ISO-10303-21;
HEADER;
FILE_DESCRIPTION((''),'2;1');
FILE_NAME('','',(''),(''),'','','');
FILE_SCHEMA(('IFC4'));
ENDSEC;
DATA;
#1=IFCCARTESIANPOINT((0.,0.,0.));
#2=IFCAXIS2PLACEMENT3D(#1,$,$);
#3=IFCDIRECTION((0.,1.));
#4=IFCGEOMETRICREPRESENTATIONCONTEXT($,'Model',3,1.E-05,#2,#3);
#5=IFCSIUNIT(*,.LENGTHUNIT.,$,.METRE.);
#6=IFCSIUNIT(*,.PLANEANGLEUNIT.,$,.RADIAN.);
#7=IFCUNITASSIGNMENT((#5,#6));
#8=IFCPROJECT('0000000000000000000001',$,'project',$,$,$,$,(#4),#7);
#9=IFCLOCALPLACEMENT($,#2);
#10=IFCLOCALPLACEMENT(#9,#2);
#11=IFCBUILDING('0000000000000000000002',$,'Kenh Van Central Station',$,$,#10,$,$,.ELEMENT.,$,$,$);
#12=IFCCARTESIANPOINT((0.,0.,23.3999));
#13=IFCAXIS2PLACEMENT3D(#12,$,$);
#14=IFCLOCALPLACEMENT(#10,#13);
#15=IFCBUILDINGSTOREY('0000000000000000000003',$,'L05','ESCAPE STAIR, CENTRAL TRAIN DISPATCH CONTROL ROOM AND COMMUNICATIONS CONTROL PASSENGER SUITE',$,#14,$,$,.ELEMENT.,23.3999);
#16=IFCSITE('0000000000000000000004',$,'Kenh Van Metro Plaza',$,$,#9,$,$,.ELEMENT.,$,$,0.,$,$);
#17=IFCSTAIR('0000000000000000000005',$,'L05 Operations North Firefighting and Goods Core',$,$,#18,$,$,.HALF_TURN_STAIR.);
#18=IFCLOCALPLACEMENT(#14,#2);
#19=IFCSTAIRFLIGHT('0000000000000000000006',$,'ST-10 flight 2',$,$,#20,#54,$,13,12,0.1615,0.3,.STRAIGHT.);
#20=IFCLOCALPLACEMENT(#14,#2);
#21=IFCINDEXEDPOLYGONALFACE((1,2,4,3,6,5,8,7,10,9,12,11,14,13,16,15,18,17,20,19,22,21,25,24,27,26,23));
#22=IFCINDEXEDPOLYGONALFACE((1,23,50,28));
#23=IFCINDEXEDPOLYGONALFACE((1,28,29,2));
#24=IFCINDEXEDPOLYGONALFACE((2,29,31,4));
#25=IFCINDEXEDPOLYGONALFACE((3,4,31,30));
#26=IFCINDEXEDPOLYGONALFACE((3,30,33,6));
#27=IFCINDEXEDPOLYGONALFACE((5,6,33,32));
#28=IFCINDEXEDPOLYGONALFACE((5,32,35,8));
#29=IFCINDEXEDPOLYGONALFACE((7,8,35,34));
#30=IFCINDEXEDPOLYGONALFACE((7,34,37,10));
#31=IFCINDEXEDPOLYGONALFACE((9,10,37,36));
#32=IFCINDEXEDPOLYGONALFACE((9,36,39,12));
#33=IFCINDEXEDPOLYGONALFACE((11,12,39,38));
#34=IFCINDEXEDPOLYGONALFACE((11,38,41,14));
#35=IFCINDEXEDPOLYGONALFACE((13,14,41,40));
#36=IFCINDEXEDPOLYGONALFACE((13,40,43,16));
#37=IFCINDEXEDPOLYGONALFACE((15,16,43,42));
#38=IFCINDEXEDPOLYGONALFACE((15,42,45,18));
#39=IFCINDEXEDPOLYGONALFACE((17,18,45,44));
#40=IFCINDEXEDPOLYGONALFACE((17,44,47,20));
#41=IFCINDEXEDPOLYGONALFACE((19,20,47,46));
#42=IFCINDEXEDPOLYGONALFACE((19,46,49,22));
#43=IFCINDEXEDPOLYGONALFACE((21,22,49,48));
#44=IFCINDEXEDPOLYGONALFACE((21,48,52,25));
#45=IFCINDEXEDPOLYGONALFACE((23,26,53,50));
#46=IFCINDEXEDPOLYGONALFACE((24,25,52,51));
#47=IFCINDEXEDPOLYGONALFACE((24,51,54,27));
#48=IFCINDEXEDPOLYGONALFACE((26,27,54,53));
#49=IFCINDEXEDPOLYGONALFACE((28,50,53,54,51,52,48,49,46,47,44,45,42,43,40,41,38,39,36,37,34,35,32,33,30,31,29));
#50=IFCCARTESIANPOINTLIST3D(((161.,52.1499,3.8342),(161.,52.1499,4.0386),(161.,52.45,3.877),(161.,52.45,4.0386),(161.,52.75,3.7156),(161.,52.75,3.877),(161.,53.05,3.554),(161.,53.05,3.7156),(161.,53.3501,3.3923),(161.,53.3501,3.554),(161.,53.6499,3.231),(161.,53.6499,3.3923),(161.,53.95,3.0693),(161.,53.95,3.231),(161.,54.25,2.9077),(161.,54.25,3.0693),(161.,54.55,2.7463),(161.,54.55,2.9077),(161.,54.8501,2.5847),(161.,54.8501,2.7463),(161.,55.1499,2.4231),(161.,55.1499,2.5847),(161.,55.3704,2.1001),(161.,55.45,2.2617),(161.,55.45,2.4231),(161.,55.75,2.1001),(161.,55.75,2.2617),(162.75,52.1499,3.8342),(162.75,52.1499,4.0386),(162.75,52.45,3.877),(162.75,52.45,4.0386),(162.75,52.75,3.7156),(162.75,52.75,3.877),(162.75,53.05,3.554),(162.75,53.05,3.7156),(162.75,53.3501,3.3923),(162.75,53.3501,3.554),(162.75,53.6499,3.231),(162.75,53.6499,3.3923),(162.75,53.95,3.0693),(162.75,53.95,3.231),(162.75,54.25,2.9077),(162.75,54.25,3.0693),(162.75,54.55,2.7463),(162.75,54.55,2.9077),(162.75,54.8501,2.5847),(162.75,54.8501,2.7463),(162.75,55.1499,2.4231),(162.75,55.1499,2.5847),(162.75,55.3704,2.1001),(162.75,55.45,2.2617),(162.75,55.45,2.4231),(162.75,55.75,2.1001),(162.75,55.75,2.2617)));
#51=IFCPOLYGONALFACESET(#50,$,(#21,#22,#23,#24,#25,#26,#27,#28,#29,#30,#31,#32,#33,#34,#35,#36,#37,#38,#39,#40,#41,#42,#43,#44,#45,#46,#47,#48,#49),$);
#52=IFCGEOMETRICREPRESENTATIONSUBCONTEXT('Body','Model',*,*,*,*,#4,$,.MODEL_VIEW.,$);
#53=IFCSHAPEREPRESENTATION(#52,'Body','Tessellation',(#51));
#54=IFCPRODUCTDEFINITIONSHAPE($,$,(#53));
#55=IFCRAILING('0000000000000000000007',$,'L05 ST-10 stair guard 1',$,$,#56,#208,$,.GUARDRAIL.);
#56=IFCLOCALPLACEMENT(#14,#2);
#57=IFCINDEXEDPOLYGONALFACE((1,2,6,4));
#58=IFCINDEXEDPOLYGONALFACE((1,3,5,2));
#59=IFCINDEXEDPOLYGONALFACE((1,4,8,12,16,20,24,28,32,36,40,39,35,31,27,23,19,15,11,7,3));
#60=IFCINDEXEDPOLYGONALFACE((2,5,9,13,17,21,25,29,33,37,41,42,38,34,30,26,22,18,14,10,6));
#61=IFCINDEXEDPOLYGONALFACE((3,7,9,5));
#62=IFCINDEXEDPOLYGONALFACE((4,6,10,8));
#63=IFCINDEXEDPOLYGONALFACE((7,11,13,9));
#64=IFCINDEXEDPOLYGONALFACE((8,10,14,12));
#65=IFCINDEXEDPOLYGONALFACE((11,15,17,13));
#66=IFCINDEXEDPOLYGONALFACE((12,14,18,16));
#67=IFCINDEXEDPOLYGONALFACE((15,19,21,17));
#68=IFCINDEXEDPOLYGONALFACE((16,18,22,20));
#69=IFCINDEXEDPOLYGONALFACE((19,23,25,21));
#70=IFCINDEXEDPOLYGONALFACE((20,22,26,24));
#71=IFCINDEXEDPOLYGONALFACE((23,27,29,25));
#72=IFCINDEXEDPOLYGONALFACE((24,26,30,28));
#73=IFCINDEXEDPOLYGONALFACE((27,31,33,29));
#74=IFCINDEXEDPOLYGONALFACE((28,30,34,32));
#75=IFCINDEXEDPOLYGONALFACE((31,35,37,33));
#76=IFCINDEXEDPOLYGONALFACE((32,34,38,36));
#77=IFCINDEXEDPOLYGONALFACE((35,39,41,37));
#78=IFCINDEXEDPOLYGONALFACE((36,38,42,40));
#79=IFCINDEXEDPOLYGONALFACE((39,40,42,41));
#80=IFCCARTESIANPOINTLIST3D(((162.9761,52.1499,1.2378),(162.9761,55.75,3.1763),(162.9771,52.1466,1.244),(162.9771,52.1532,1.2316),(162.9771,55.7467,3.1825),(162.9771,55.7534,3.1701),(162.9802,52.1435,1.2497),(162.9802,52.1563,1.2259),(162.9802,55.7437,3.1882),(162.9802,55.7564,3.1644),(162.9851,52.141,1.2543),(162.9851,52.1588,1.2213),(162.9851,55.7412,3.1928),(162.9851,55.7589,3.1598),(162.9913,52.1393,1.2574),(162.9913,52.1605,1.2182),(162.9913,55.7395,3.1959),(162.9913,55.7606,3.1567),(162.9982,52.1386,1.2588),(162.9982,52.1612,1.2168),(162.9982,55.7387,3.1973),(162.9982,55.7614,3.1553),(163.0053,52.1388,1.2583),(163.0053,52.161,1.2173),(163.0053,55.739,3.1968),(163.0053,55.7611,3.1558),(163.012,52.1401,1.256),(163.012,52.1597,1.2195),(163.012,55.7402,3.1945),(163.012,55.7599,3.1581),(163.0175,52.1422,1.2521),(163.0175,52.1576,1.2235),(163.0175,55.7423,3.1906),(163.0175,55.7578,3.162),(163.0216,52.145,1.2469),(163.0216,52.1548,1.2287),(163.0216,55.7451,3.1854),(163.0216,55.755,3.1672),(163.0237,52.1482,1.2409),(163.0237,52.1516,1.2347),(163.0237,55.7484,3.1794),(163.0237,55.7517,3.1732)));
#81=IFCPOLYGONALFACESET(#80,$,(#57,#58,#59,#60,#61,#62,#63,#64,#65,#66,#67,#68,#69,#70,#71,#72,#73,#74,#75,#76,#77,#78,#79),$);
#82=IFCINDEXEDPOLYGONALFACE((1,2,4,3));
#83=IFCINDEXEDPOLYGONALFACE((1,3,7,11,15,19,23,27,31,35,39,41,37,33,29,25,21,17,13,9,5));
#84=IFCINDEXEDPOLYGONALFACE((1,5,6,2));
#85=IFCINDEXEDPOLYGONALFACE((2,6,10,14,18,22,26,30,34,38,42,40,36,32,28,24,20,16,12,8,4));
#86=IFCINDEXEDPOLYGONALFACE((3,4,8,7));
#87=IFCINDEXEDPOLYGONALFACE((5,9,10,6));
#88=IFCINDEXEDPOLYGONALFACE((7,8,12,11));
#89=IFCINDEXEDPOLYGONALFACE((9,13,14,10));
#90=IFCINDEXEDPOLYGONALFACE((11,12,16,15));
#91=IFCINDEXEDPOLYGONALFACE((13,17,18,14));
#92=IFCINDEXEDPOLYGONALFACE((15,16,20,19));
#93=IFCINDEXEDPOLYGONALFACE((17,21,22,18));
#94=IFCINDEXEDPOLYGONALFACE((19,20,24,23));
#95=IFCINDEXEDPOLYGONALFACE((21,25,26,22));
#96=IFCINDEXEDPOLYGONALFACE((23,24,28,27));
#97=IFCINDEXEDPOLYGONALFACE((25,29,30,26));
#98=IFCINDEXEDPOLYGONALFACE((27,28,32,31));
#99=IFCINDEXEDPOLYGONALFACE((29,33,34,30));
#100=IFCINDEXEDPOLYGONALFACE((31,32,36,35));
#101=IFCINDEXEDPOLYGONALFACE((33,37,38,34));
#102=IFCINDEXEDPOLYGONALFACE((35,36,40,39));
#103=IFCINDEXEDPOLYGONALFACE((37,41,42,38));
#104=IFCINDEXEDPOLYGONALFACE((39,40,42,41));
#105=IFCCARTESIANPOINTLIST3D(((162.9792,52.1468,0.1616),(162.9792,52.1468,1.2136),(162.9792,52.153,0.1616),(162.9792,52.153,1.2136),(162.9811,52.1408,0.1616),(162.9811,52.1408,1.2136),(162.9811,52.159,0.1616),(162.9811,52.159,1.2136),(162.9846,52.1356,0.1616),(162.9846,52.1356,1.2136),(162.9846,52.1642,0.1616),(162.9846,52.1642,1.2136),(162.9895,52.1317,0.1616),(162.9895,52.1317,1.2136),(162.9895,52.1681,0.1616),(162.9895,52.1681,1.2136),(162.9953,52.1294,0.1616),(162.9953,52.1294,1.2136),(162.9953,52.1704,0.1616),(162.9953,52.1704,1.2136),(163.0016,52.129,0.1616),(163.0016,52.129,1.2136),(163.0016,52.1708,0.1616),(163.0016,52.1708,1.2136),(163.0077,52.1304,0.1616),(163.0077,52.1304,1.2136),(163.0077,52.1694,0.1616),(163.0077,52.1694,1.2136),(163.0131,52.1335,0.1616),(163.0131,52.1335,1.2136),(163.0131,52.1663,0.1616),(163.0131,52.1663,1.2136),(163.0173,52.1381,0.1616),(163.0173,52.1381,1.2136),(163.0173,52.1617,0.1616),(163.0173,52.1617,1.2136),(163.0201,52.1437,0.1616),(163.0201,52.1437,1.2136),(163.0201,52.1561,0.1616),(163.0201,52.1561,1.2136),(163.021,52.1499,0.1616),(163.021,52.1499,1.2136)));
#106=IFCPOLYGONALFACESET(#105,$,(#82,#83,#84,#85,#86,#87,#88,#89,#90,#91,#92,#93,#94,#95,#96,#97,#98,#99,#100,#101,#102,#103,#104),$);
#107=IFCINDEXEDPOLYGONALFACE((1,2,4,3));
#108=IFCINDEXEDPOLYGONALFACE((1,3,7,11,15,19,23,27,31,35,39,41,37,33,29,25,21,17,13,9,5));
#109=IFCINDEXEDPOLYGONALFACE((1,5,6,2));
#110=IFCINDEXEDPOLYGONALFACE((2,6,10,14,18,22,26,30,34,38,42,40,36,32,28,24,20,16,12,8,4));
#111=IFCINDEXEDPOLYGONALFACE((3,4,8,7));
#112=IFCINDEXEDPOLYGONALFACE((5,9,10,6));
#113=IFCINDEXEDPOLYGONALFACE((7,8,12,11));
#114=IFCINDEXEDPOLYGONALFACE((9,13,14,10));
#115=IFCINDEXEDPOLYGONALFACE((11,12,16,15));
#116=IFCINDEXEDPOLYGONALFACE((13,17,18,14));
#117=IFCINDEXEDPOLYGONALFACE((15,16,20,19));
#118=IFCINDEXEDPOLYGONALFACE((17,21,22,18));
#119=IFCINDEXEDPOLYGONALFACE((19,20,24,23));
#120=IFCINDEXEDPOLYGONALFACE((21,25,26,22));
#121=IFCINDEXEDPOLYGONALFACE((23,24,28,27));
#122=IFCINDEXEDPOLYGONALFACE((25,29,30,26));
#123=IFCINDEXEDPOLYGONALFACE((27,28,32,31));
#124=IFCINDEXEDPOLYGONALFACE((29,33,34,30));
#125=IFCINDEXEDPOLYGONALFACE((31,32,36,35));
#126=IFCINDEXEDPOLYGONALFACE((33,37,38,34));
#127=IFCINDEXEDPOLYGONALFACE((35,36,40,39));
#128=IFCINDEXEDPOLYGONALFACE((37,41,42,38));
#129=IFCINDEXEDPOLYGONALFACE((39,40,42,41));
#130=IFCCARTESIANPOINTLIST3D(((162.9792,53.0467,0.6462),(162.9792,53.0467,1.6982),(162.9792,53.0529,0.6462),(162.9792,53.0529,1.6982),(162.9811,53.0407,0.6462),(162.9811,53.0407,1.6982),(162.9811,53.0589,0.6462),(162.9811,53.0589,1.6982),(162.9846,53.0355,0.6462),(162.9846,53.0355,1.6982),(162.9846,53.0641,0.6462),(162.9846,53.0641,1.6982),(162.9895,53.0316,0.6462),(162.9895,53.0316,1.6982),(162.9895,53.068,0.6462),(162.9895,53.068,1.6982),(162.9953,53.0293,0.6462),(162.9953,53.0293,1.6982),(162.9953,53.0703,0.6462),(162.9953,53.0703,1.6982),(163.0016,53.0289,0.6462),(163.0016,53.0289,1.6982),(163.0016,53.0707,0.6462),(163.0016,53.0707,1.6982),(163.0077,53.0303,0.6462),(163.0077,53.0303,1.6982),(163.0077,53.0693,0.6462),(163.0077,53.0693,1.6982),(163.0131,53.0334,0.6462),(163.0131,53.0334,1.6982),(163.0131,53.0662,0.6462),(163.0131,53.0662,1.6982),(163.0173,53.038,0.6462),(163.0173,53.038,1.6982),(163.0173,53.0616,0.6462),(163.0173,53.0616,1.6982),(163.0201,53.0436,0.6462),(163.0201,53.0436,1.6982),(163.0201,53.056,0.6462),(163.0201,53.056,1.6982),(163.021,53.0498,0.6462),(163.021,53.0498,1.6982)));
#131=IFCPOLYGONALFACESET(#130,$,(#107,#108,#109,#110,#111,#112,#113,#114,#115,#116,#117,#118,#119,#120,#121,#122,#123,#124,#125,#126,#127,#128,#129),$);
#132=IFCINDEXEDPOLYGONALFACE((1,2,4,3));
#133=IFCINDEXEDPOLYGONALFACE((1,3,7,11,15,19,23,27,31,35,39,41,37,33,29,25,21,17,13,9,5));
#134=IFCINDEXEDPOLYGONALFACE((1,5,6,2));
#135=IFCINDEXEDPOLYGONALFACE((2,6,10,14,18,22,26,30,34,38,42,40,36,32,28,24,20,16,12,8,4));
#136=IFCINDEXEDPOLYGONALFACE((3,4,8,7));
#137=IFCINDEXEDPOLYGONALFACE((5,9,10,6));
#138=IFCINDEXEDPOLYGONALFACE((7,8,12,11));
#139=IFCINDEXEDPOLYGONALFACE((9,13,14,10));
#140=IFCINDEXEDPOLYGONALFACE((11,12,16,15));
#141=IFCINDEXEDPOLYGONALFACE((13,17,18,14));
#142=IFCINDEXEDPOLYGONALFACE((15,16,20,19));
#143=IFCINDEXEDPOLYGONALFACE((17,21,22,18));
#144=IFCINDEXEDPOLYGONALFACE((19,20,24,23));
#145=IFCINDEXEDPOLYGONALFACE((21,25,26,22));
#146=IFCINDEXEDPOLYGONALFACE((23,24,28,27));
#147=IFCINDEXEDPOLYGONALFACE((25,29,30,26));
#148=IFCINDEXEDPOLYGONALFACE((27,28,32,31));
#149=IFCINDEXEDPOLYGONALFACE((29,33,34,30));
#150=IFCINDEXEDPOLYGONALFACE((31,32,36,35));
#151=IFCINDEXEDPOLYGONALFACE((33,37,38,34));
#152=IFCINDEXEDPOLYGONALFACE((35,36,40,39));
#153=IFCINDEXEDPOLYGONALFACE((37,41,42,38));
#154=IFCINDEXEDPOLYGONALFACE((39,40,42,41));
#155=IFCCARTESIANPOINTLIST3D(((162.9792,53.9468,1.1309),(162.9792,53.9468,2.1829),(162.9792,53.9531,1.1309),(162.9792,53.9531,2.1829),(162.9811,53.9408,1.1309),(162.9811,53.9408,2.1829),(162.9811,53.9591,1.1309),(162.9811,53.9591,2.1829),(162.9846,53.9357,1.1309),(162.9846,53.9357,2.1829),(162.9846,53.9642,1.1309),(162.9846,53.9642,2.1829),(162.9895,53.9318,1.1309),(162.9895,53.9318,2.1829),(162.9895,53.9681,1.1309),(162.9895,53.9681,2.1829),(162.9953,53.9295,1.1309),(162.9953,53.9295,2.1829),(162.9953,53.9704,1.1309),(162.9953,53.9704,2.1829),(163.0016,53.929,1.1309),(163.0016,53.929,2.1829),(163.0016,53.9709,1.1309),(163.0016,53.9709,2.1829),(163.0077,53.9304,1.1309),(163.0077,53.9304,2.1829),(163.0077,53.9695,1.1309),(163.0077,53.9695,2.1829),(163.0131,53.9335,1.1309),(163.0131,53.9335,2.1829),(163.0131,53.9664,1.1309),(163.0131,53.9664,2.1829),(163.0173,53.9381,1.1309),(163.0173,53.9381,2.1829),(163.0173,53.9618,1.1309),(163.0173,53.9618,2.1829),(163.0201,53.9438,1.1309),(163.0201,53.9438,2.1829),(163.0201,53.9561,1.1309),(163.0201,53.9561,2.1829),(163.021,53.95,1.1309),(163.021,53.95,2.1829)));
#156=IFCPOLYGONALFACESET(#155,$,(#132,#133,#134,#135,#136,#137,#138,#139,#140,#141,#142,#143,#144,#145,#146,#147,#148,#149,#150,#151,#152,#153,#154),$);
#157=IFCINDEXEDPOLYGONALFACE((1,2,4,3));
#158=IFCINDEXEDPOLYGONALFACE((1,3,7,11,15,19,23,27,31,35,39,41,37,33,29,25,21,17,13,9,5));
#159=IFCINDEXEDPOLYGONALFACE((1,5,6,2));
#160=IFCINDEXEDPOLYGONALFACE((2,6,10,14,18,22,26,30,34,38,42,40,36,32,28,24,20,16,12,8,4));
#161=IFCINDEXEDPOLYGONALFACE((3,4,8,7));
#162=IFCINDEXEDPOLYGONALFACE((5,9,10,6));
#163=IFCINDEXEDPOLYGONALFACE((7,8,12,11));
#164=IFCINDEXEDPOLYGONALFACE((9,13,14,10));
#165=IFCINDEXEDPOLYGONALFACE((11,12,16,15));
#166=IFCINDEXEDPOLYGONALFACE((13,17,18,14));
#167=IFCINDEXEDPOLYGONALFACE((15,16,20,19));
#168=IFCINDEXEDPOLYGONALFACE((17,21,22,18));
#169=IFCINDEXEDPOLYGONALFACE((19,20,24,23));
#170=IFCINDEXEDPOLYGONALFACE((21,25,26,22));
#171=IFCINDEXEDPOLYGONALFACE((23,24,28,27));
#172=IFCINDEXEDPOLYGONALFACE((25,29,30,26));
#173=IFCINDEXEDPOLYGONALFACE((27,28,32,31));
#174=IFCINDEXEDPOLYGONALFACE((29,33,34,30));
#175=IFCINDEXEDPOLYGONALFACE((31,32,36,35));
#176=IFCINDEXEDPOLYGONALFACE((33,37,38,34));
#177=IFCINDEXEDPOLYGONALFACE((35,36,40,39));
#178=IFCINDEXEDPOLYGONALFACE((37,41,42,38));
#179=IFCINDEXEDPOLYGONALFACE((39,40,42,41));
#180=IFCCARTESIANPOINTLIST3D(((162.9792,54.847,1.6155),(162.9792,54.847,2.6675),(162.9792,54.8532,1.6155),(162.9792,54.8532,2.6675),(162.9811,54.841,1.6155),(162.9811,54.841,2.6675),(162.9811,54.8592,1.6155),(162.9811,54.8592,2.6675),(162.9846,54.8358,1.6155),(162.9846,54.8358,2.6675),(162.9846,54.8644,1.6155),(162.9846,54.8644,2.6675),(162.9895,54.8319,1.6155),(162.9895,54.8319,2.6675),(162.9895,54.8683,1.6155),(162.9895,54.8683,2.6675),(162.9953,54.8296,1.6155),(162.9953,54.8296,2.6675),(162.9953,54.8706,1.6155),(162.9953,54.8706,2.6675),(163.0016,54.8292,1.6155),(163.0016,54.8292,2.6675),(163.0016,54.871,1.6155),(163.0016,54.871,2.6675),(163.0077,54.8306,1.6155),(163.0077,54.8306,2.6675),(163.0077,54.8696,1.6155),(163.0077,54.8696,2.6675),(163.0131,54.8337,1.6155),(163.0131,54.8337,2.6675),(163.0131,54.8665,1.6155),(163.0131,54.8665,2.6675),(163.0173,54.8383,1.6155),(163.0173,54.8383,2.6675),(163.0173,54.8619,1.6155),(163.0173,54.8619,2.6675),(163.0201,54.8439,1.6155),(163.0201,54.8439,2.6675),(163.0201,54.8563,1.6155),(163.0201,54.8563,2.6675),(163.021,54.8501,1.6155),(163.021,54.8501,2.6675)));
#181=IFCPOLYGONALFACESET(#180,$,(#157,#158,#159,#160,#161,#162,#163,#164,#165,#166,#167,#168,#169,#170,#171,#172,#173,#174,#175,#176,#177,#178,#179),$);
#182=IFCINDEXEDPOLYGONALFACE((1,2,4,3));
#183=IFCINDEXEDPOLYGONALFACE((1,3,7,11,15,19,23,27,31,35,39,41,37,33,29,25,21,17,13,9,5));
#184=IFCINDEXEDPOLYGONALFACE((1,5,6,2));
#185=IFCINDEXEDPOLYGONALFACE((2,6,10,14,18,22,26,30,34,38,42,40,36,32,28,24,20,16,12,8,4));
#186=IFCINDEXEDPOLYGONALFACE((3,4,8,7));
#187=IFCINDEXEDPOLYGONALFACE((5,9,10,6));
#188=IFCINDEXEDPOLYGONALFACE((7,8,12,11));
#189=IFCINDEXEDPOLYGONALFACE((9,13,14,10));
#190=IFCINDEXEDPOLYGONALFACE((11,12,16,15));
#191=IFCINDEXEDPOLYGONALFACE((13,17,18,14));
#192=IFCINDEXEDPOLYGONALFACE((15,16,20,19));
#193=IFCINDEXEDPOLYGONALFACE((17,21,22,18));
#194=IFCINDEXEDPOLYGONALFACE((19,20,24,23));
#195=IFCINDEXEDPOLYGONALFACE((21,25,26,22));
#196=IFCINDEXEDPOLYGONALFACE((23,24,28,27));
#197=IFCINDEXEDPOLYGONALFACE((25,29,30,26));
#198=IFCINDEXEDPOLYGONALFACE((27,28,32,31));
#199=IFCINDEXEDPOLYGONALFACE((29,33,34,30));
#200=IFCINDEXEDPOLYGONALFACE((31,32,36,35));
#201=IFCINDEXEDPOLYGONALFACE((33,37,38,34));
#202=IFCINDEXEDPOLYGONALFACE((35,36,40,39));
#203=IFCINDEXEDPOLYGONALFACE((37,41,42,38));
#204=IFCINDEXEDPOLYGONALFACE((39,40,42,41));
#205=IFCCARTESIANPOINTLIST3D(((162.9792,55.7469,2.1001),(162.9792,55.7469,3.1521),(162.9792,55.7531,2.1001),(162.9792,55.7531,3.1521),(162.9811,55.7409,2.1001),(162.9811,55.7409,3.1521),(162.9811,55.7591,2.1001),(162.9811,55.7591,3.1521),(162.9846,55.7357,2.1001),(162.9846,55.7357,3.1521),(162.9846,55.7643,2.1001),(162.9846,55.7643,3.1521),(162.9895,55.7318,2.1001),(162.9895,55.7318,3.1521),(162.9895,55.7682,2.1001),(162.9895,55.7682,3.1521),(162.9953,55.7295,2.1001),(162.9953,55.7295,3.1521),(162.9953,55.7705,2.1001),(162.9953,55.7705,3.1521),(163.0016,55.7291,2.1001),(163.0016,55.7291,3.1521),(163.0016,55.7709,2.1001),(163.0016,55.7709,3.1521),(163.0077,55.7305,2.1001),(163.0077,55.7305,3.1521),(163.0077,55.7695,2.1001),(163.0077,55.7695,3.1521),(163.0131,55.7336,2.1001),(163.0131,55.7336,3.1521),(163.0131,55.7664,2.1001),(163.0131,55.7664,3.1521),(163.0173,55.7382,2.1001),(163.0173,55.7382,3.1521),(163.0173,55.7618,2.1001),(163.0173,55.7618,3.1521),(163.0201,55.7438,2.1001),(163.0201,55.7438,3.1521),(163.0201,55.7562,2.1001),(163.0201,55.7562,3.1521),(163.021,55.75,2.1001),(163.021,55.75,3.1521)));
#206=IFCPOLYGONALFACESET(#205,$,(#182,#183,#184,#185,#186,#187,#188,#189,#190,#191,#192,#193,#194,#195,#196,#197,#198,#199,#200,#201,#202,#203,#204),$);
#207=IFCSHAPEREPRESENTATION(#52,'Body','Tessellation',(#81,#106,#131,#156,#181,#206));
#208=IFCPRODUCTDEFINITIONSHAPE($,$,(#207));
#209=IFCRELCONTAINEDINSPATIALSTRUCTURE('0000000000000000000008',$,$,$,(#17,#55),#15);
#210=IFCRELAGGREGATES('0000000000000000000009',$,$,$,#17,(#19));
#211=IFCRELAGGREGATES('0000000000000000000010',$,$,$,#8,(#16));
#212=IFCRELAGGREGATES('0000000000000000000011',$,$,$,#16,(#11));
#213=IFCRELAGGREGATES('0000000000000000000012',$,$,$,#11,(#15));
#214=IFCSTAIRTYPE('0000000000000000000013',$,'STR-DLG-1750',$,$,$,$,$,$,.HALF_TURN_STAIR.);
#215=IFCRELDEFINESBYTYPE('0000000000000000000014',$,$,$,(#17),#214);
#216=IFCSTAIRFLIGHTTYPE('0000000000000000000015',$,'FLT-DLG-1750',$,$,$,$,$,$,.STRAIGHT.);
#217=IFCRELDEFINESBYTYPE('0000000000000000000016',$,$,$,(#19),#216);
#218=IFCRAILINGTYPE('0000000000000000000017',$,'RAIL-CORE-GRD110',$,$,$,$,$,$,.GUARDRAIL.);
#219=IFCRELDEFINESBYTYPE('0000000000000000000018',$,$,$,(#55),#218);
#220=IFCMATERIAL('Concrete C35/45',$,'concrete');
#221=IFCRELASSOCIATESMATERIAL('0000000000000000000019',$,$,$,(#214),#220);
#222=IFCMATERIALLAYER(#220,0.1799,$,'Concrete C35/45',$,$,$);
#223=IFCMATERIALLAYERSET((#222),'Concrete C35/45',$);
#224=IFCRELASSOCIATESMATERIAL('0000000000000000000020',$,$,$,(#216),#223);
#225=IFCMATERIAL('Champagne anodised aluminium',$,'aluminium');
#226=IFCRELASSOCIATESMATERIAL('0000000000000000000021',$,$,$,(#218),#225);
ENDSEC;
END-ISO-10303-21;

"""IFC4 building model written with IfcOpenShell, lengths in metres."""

from ifc_helpers import new_model, si_unit, direction, frame, origin, origin_2d, place, context, subcontext, project, spatial, polyline, circle, outline, extrude, material, layer, layer_set, type_object, element, aggregate, save


model = new_model("IFC4")

# Units and contexts
model_context = context("Model", 3, precision=1e-05, world=origin(), true_north=direction((0.0, 1.0)))
body_context = subcontext(model_context, "Body", "Model", "MODEL_VIEW")
ifc_project = project(units=[si_unit("LENGTHUNIT", "METRE"), si_unit("PLANEANGLEUNIT", "RADIAN")], contexts=[model_context])

# Site, building, storey
site_placement = place(None, origin())
site = spatial("IfcSite", under=ifc_project, at=site_placement, Name="Kenh Van Metro Plaza", CompositionType="ELEMENT", RefElevation=0.0)
building_placement = place(site_placement, origin())
building = spatial("IfcBuilding", under=site, at=building_placement, Name="Kenh Van Central Station", CompositionType="ELEMENT")
storey_placement = place(building_placement, frame((0.0, 0.0, 23.3999)))
storey = spatial("IfcBuildingStorey", under=building, at=storey_placement, Name="L05", Description="ESCAPE STAIR, CENTRAL TRAIN DISPATCH CONTROL ROOM AND COMMUNICATIONS CONTROL PASSENGER SUITE", CompositionType="ELEMENT", Elevation=23.3999)

# Shared definitions
ifc_material_1 = material(Name="Concrete C35/45", Category="concrete")

# Shared definitions
ifc_material_2 = material(Name="Champagne anodised aluminium", Category="aluminium")

# Stair, stair flight
stair_type = type_object("IfcStairType", Name="STR-DLG-1750", PredefinedType="HALF_TURN_STAIR", material=ifc_material_1)
stair_placement = place(storey_placement, origin())
stair = element("IfcStair", 1, at=stair_placement, inside=storey, type_object=stair_type, Name="L05 Operations North Firefighting and Goods Core", PredefinedType="HALF_TURN_STAIR")
ifc_layer_1 = layer(ifc_material_1, 0.1799, Name="Concrete C35/45")
ifc_layer_set_1 = layer_set([ifc_layer_1], Name="Concrete C35/45")
stair_flight_type = type_object("IfcStairFlightType", Name="FLT-DLG-1750", PredefinedType="STRAIGHT", material=ifc_layer_set_1)
stair_flight_1_placement = place(storey_placement, frame((161.875, 55.75, 2.1001), z_axis=(0.0, 0.0, 1.0), x_axis=(0.0, -1.0, 0.0)))
stair_flight_1 = element("IfcStairFlight", 2, at=stair_flight_1_placement, type_object=stair_flight_type, Name="ST-10 flight 2", NumberOfRisers=13, NumberOfTreads=12, PredefinedType="STRAIGHT", RiserHeight=0.1615, TreadLength=0.3, context=body_context, shape_type="SweptSolid", body=[
    extrude(outline(polyline([(0.0, 0.0), (0.0, 0.1616), (0.3, 0.1616), (0.3, 0.323), (0.6001, 0.323), (0.6001, 0.4846), (0.8999, 0.4846), (0.8999, 0.6462), (1.2, 0.6462), (1.2, 0.8076), (1.5, 0.8076), (1.5, 0.9692), (1.8, 0.9692), (1.8, 1.1309), (2.1001, 1.1309), (2.1001, 1.2922), (2.3999, 1.2922), (2.3999, 1.4539), (2.7, 1.4539), (2.7, 1.6155), (3.0, 1.6155), (3.0, 1.7769), (3.3, 1.7769), (3.3, 1.9385), (3.6001, 1.9385), (3.6001, 2.1001), (3.6001, 1.7341), (0.3796, 0.0), (0.0, 0.0)])), frame((0.0, 0.875, 0.0), z_axis=(0.0, -1.0, 0.0), x_axis=(1.0, 0.0, 0.0)), (0.0, 0.0, 1.0), 1.75),
])
aggregate(stair, [stair_flight_1])

# Railing
railing_type_1 = type_object("IfcRailingType", Name="RAIL-CORE-GRD110", PredefinedType="GUARDRAIL", material=ifc_material_2)
railing_1_placement = place(storey_placement, frame((163.0, 52.1499, 0.1616)))
element("IfcRailing", 3, at=railing_1_placement, inside=storey, type_object=railing_type_1, Name="L05 ST-10 stair guard 1", PredefinedType="GUARDRAIL", context=body_context, shape_type="SweptSolid", body=[
    extrude(circle(Radius=0.0239, at=origin_2d()), frame((0.0, 0.0, 1.0762), z_axis=(0.0, 0.880475, 0.474093), x_axis=(-1.0, 0.0, 0.0)), (0.0, 0.0, 1.0), 4.0889),
    extrude(circle(Radius=0.021, at=origin_2d()), origin(), (0.0, 0.0, 1.0), 1.052),
    extrude(circle(Radius=0.021, at=origin_2d()), frame((0.0, 0.8999, 0.4846)), (0.0, 0.0, 1.0), 1.052),
    extrude(circle(Radius=0.021, at=origin_2d()), frame((0.0, 1.8, 0.9692)), (0.0, 0.0, 1.0), 1.052),
    extrude(circle(Radius=0.021, at=origin_2d()), frame((0.0, 2.7002, 1.4539)), (0.0, 0.0, 1.0), 1.052),
    extrude(circle(Radius=0.021, at=origin_2d()), frame((0.0, 3.6001, 1.9385)), (0.0, 0.0, 1.0), 1.052),
])

save(model, "model.ifc")
